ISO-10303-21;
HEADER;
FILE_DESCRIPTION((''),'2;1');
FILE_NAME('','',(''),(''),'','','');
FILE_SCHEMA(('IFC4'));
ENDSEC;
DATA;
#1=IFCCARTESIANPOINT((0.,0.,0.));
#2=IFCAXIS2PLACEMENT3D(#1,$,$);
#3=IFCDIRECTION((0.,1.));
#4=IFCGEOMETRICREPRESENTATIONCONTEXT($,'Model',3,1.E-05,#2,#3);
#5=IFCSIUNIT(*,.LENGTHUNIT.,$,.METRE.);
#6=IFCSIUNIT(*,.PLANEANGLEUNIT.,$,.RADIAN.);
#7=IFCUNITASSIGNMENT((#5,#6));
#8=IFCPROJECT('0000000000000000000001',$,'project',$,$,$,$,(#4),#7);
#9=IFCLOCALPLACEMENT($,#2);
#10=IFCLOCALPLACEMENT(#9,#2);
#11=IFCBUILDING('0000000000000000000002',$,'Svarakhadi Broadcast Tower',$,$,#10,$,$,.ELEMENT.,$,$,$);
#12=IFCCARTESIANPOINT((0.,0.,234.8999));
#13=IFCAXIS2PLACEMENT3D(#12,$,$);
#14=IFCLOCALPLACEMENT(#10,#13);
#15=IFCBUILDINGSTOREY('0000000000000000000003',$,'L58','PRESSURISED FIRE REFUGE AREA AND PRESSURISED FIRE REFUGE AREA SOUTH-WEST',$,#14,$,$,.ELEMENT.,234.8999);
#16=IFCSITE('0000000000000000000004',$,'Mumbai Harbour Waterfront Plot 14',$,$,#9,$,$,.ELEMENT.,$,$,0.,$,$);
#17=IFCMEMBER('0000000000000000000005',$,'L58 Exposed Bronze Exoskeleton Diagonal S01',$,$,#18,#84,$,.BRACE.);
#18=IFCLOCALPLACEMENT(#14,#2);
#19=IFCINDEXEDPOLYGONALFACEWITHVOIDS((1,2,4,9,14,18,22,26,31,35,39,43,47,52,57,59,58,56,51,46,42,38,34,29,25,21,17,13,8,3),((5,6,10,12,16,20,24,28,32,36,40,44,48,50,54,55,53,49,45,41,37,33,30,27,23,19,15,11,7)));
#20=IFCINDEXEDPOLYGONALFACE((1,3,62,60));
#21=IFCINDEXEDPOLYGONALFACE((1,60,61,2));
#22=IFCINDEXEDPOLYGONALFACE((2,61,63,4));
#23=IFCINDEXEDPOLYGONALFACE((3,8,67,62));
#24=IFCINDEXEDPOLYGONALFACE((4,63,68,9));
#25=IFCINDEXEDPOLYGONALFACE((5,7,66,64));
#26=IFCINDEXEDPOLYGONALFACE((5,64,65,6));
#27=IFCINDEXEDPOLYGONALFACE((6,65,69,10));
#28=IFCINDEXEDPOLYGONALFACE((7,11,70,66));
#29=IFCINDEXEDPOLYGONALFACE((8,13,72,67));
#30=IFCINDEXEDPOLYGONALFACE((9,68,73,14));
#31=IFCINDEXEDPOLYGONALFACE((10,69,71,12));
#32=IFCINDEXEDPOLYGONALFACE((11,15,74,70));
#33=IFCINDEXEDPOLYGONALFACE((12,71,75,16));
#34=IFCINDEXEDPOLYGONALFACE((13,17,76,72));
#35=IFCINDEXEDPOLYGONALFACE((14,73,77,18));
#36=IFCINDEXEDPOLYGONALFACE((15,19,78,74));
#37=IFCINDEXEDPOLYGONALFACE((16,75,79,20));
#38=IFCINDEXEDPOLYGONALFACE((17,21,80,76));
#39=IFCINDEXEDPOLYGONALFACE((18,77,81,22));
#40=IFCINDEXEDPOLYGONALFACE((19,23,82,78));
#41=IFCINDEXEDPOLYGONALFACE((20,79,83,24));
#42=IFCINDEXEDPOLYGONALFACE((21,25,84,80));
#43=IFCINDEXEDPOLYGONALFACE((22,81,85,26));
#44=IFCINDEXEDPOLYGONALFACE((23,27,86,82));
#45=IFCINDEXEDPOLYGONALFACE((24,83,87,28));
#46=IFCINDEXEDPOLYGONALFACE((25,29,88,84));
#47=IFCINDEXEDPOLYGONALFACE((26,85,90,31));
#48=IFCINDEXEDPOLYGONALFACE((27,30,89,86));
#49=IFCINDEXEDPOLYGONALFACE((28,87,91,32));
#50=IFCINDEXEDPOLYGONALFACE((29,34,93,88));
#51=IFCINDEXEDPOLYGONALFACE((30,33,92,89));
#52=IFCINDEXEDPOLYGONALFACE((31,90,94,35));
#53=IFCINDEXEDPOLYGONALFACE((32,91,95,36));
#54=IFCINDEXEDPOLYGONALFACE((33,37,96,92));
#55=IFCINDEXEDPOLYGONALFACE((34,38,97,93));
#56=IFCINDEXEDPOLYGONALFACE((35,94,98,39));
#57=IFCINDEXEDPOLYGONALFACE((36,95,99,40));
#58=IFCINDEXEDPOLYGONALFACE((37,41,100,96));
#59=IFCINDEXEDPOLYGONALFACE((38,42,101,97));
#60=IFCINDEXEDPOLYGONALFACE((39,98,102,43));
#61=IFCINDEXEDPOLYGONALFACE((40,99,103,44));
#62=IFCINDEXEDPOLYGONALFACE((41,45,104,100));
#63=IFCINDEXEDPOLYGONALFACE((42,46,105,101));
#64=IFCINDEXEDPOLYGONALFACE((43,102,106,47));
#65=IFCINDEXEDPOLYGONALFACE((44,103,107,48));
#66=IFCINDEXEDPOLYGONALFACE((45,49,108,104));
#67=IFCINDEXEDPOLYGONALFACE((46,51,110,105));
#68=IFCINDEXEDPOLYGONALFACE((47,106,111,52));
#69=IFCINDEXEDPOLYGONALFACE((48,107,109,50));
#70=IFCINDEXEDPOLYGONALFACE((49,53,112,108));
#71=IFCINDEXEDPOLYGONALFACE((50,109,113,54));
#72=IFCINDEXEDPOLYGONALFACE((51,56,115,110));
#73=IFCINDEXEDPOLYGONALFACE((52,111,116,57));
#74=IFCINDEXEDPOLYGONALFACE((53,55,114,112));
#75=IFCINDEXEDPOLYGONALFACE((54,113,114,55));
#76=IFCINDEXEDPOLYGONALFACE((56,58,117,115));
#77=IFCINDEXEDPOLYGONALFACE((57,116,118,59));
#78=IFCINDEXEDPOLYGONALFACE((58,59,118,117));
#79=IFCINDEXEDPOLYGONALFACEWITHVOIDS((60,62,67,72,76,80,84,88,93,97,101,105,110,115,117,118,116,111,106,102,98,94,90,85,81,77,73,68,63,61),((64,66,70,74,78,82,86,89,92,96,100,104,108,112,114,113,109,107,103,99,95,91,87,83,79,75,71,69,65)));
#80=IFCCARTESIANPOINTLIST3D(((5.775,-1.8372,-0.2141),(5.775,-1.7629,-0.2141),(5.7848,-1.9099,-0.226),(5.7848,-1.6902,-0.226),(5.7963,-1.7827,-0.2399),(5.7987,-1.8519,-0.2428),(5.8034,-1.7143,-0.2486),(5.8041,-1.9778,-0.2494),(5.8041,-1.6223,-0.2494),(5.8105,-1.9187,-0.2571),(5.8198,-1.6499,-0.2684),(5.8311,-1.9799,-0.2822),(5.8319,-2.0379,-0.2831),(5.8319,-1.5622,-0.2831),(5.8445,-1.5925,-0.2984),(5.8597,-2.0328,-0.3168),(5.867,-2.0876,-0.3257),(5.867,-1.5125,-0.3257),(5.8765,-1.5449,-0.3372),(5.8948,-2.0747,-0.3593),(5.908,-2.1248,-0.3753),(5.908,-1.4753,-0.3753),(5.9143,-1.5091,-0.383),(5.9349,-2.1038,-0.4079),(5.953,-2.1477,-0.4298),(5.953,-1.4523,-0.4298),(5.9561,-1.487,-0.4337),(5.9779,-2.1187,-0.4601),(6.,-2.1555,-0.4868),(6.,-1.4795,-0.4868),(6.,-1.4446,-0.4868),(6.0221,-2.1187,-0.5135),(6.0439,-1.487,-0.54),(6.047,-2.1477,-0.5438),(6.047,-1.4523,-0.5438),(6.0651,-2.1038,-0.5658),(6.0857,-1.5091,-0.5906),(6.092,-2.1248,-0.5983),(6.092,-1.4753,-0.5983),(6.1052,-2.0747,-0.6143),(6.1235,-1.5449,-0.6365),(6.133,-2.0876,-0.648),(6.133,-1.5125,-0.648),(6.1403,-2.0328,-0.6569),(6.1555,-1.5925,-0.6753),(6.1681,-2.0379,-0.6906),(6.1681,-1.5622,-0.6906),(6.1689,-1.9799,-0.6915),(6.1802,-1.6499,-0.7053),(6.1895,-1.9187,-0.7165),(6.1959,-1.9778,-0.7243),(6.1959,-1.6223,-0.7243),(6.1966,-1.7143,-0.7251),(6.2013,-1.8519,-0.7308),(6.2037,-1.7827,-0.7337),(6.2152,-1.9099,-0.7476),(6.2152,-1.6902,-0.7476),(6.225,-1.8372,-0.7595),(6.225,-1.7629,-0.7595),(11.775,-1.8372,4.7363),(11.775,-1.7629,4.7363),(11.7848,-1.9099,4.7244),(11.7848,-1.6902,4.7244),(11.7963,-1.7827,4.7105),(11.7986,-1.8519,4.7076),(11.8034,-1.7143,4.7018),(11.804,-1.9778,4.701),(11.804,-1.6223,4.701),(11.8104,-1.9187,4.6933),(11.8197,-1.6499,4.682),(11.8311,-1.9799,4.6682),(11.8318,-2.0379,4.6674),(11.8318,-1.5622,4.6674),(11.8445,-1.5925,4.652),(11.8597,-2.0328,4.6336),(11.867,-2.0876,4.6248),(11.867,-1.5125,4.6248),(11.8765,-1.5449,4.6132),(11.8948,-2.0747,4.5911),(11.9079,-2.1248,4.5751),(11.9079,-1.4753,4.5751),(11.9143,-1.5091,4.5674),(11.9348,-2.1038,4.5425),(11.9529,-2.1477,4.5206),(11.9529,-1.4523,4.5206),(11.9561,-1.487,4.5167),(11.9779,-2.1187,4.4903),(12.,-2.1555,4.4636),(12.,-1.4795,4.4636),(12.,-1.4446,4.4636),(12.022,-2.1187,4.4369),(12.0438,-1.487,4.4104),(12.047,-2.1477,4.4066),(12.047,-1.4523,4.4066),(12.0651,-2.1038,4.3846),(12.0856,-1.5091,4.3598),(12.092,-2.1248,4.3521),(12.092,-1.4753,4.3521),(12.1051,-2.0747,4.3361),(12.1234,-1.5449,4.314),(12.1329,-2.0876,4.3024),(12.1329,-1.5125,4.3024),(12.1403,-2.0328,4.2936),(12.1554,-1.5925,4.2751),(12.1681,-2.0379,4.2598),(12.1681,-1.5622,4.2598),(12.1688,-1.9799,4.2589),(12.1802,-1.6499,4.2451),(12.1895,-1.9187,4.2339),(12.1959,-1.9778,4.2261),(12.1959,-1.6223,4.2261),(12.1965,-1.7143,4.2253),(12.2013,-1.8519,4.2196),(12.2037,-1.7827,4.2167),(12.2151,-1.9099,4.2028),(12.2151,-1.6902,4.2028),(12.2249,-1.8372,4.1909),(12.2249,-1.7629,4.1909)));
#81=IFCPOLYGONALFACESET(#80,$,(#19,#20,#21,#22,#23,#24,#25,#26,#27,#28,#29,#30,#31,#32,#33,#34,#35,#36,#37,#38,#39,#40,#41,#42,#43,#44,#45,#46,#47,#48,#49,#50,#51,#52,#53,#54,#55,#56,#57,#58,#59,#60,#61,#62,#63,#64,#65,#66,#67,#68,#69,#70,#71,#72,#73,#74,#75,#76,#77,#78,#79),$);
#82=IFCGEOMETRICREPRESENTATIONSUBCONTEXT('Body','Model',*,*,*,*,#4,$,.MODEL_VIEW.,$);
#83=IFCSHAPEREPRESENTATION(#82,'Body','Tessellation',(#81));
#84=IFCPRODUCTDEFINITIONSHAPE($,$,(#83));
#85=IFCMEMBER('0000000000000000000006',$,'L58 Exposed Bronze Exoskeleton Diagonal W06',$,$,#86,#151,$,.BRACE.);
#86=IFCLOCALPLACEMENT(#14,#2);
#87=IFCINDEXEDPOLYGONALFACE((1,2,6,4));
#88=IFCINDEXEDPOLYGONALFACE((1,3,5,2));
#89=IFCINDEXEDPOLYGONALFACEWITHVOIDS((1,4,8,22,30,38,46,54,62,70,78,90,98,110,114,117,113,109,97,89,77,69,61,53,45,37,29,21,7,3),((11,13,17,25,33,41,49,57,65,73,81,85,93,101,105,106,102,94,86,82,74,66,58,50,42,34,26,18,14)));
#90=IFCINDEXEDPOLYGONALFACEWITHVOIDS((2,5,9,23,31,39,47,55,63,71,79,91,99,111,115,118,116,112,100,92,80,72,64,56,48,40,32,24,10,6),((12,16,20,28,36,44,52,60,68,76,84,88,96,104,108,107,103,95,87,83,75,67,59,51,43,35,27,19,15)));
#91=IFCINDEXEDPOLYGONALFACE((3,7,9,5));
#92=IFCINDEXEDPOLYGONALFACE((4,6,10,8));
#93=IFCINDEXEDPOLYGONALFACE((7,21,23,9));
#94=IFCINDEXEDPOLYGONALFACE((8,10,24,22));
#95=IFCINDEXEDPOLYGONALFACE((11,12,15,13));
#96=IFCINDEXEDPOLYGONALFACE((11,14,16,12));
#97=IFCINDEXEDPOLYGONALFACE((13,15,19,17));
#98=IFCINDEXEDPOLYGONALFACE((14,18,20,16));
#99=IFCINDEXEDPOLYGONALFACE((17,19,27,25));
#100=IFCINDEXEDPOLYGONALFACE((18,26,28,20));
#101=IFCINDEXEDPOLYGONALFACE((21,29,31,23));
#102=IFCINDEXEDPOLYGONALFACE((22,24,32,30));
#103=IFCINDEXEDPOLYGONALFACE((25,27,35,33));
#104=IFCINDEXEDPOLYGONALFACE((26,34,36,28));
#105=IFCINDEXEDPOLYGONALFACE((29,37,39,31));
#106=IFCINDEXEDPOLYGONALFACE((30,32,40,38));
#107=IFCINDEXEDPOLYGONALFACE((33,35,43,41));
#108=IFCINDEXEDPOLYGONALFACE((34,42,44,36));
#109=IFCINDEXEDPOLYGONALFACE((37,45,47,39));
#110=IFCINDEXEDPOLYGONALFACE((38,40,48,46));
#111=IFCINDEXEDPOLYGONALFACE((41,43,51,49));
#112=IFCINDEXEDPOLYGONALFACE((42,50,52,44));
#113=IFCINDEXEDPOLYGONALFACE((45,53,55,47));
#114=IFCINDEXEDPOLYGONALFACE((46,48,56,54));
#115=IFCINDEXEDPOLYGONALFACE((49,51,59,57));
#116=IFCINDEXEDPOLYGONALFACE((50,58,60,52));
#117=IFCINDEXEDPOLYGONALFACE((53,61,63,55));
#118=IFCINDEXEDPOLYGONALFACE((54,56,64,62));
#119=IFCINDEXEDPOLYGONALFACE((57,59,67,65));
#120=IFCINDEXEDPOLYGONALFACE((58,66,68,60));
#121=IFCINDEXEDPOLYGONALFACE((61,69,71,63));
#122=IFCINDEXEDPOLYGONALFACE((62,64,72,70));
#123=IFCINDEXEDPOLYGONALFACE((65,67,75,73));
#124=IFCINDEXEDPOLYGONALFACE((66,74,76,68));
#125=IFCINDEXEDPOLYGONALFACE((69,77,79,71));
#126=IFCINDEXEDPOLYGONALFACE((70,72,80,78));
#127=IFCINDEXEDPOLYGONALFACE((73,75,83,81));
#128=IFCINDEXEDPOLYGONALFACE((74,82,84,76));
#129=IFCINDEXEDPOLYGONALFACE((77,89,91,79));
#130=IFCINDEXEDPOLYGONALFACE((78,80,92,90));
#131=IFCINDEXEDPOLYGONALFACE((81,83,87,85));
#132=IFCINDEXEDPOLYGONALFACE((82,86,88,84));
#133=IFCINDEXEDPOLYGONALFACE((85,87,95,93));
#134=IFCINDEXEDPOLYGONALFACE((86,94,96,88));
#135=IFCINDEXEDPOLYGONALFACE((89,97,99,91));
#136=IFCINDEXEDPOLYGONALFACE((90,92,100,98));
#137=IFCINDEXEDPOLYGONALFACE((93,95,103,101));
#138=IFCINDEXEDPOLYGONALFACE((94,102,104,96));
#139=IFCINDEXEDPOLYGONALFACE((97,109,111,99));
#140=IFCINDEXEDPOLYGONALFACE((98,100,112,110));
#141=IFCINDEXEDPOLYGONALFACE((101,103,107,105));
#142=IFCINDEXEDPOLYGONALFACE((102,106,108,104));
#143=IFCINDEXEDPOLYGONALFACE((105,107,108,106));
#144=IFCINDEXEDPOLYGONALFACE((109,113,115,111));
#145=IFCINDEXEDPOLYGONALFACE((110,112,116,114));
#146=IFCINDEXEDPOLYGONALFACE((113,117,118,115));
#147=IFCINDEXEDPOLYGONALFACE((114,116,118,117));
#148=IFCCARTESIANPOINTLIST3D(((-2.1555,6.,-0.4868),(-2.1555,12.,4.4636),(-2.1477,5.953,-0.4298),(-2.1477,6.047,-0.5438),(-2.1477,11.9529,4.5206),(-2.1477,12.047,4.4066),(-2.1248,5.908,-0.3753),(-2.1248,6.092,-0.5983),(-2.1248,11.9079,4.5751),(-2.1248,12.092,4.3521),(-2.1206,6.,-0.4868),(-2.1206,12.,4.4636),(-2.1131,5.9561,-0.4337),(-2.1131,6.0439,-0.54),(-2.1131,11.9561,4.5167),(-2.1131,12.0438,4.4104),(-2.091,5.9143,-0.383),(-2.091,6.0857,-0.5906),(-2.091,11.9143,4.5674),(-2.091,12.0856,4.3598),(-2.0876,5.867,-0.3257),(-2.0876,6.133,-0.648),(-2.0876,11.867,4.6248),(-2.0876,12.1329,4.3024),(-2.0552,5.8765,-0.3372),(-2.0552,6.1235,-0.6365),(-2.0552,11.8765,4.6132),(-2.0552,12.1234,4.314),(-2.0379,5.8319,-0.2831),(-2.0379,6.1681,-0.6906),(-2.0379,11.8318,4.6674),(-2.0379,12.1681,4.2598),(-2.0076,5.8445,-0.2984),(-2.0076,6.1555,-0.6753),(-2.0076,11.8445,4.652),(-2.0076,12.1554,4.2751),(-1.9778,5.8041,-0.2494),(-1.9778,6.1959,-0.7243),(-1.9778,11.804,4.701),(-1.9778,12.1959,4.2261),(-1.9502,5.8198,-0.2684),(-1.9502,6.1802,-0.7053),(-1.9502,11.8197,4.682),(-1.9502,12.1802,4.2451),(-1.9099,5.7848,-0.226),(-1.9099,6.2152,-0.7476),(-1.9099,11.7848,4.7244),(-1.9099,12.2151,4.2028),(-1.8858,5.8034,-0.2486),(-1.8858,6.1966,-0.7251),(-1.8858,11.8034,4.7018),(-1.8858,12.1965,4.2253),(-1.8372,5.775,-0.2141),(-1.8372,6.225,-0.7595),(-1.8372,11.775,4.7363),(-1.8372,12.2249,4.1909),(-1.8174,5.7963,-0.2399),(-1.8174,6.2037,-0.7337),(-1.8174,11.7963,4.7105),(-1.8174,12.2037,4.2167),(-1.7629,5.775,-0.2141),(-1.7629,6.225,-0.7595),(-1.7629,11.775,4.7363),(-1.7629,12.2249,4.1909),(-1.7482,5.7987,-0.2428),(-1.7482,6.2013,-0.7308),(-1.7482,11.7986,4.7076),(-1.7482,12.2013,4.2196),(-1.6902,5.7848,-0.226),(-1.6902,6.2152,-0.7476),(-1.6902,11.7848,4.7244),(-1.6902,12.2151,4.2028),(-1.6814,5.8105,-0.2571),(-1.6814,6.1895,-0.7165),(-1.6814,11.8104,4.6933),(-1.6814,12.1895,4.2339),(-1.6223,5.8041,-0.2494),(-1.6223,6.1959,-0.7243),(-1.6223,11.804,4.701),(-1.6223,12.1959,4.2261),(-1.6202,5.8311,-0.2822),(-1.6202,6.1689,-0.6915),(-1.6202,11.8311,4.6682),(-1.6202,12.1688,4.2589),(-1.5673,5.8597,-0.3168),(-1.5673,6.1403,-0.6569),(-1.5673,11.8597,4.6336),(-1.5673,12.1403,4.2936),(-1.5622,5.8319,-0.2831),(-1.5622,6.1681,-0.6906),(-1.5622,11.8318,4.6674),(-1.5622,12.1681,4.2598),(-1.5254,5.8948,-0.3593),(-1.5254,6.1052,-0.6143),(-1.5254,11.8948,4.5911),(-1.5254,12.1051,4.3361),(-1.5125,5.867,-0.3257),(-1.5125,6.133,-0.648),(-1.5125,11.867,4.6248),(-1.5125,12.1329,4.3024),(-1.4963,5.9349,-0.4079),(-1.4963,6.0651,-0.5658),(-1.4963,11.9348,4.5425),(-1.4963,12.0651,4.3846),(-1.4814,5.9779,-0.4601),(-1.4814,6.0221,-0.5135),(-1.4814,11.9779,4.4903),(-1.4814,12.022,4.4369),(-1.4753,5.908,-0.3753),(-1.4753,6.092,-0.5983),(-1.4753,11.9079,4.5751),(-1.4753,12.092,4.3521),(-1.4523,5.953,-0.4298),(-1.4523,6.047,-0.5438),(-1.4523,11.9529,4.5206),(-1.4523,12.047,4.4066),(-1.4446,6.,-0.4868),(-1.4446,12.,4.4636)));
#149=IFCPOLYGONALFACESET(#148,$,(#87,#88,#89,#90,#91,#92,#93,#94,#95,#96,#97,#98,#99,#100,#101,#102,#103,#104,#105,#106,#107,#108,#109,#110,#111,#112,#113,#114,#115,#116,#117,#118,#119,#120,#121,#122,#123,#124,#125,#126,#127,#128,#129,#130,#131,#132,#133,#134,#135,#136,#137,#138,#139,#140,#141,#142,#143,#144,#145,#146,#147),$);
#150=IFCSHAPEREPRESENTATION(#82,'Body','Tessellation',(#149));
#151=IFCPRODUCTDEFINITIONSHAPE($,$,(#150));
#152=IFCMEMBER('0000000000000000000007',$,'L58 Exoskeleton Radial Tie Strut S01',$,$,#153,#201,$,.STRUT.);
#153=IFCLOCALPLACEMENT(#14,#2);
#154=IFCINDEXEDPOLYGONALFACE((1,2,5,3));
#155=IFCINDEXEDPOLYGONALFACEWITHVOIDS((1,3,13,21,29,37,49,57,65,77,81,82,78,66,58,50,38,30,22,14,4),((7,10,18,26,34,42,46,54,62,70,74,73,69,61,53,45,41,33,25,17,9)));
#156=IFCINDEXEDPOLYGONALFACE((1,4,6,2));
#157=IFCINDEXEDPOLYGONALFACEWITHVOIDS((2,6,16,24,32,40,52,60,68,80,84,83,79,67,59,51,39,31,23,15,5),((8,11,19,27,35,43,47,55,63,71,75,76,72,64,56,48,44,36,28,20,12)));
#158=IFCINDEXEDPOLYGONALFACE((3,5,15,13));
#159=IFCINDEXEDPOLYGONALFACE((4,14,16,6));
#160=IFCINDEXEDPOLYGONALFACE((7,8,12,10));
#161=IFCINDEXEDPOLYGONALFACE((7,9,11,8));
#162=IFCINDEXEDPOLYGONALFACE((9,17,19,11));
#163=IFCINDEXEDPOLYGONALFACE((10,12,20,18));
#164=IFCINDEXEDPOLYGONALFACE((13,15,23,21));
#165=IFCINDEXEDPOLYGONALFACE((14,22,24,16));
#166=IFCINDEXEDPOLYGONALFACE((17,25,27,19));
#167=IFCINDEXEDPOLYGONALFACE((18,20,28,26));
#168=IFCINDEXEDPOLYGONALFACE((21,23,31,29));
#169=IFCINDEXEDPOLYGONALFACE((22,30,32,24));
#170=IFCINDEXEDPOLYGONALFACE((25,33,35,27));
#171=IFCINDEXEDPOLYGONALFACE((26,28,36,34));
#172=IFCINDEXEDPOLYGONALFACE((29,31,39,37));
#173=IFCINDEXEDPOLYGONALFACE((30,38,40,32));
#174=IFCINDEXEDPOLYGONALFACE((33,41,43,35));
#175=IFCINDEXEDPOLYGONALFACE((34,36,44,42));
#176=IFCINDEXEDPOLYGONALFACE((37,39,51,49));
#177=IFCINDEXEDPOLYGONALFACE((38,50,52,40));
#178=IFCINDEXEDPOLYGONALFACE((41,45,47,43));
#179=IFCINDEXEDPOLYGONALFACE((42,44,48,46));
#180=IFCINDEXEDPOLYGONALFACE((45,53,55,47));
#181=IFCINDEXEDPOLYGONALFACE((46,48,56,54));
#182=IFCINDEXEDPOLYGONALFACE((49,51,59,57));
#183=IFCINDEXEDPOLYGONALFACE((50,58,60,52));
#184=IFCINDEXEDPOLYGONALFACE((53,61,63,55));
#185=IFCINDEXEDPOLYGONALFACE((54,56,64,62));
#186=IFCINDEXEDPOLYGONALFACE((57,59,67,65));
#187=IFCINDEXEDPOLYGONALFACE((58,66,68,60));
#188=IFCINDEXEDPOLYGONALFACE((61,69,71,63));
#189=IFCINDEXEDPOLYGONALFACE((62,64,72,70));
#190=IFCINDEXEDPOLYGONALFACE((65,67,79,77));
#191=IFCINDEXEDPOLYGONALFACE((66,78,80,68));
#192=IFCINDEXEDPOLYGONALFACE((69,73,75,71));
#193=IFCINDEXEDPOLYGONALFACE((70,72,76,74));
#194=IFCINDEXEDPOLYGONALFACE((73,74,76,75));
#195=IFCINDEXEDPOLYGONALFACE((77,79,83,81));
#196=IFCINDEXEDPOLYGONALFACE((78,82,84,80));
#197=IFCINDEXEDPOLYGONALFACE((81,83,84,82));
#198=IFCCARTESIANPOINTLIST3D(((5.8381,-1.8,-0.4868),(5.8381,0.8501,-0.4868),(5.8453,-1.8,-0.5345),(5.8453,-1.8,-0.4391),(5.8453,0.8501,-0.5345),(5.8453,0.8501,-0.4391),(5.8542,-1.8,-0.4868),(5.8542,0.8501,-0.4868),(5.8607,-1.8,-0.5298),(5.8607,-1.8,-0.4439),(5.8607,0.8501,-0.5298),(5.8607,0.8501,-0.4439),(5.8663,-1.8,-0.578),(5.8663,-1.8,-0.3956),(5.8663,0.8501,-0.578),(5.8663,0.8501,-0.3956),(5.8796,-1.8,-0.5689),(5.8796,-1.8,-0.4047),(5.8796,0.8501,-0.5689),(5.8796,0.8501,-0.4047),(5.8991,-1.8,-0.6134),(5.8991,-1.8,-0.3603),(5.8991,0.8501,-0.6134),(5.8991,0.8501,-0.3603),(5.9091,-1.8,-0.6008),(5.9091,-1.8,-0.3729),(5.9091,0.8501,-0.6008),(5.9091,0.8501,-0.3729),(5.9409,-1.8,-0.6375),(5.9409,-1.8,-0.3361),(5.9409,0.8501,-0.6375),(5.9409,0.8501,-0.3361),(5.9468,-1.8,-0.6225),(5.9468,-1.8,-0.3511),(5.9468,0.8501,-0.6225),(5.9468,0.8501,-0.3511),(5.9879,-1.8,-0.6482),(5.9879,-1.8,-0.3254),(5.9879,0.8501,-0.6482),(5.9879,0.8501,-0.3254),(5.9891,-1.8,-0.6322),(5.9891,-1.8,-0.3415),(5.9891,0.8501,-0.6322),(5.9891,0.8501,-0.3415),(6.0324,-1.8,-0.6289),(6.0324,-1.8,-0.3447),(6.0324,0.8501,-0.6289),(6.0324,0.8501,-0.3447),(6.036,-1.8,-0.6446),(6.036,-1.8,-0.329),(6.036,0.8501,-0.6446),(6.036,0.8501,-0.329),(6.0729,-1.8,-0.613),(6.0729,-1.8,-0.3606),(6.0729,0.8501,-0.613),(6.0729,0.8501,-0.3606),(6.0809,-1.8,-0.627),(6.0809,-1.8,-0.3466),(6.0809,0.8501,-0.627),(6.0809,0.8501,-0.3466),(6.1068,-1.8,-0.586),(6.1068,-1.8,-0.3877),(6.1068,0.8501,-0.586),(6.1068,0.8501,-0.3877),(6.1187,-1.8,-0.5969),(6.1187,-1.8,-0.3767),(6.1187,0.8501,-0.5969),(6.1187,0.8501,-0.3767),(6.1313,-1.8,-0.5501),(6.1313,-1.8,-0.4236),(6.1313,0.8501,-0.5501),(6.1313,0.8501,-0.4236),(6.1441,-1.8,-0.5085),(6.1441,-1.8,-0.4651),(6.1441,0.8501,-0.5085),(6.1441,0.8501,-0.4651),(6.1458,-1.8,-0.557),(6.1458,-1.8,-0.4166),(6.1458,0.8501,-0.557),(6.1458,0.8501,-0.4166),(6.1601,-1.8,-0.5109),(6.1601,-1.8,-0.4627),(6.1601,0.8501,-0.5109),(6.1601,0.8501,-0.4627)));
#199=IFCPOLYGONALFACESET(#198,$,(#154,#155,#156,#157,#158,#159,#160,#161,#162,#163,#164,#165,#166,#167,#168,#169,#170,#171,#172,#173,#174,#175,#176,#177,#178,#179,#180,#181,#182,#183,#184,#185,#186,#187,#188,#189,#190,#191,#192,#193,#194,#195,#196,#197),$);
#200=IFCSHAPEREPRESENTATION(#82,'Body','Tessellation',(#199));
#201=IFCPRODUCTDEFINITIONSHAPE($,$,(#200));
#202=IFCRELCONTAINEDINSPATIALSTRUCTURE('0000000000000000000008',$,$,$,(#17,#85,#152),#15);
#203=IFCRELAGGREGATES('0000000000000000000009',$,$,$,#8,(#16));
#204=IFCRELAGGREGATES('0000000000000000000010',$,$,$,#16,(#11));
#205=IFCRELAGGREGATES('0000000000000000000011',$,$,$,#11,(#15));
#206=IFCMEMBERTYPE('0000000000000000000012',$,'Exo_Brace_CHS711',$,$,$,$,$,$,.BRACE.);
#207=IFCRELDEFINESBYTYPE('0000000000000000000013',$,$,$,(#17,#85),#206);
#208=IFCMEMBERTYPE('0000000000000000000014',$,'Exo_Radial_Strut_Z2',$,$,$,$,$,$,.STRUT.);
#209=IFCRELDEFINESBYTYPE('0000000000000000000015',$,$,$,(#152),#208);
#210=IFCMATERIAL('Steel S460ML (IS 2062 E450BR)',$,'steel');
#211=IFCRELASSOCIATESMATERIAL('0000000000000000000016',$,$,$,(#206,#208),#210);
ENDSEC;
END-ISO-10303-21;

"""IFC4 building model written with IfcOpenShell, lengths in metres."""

from ifc_helpers import new_model, si_unit, direction, frame, origin, origin_2d, place, context, subcontext, project, spatial, hollow_circle, extrude, material, material_profile, profile_set, type_object, element, save


model = new_model("IFC4")

# Units and contexts
model_context = context("Model", 3, precision=1e-05, world=origin(), true_north=direction((0.0, 1.0)))
body_context = subcontext(model_context, "Body", "Model", "MODEL_VIEW")
ifc_project = project(units=[si_unit("LENGTHUNIT", "METRE"), si_unit("PLANEANGLEUNIT", "RADIAN")], contexts=[model_context])

# Site, building, storey
site_placement = place(None, origin())
site = spatial("IfcSite", under=ifc_project, at=site_placement, Name="Mumbai Harbour Waterfront Plot 14", CompositionType="ELEMENT", RefElevation=0.0)
building_placement = place(site_placement, origin())
building = spatial("IfcBuilding", under=site, at=building_placement, Name="Svarakhadi Broadcast Tower", CompositionType="ELEMENT")
storey_placement = place(building_placement, frame((0.0, 0.0, 234.8999)))
storey = spatial("IfcBuildingStorey", under=building, at=storey_placement, Name="L58", Description="PRESSURISED FIRE REFUGE AREA AND PRESSURISED FIRE REFUGE AREA SOUTH-WEST", CompositionType="ELEMENT", Elevation=234.8999)

# Shared definitions
ifc_material_1 = material(Name="Steel S460ML (IS 2062 E450BR)", Category="steel")

# Members
ifc_material_profile_1 = material_profile(ifc_material_1, hollow_circle(Radius=0.3555, WallThickness=0.0349, at=origin_2d()), Name="CHS 711x35")
ifc_profile_set_1 = profile_set([ifc_material_profile_1], Name="Steel S460ML (IS 2062 E450BR)")
member_type_1 = type_object("IfcMemberType", Name="Exo_Brace_CHS711", PredefinedType="BRACE", material=ifc_profile_set_1)
for number, where, z_axis, x_axis, name in (
    (1, (6.0, -1.8, -0.4868), (0.771346, 0.0, 0.636417), (0.0, 1.0, 0.0), "L58 Exposed Bronze Exoskeleton Diagonal S01"),
    (2, (-1.8, 6.0, -0.4868), (0.0, 0.771346, 0.636417), (-1.0, 0.0, 0.0), "L58 Exposed Bronze Exoskeleton Diagonal W06"),
):
    element("IfcMember", number, at=place(storey_placement, frame(where, z_axis=z_axis, x_axis=x_axis)), inside=storey, type_object=member_type_1, Name=name, PredefinedType="BRACE", context=body_context, shape_type="SweptSolid", body=[
        extrude(hollow_circle(Radius=0.3555, WallThickness=0.0349, at=origin_2d()), origin(), (0.0, 0.0, 1.0), 7.7786),
    ])
ifc_material_profile_2 = material_profile(ifc_material_1, hollow_circle(Radius=0.1619, WallThickness=0.0161, at=origin_2d()), Name="CHS 323.9x16")
ifc_profile_set_2 = profile_set([ifc_material_profile_2], Name="Steel S460ML (IS 2062 E450BR)")
member_type_2 = type_object("IfcMemberType", Name="Exo_Radial_Strut_Z2", PredefinedType="STRUT", material=ifc_profile_set_2)
for number, where, z_axis, x_axis, name in (
    (3, (6.0, -1.8, -0.4868), (0.0, 1.0, 0.0), (-1.0, 0.0, 0.0), "L58 Exoskeleton Radial Tie Strut S01"),
):
    element("IfcMember", number, at=place(storey_placement, frame(where, z_axis=z_axis, x_axis=x_axis)), inside=storey, type_object=member_type_2, Name=name, PredefinedType="STRUT", context=body_context, shape_type="SweptSolid", body=[
        extrude(hollow_circle(Radius=0.1619, WallThickness=0.0161, at=origin_2d()), origin(), (0.0, 0.0, 1.0), 2.6501),
    ])

save(model, "model.ifc")
